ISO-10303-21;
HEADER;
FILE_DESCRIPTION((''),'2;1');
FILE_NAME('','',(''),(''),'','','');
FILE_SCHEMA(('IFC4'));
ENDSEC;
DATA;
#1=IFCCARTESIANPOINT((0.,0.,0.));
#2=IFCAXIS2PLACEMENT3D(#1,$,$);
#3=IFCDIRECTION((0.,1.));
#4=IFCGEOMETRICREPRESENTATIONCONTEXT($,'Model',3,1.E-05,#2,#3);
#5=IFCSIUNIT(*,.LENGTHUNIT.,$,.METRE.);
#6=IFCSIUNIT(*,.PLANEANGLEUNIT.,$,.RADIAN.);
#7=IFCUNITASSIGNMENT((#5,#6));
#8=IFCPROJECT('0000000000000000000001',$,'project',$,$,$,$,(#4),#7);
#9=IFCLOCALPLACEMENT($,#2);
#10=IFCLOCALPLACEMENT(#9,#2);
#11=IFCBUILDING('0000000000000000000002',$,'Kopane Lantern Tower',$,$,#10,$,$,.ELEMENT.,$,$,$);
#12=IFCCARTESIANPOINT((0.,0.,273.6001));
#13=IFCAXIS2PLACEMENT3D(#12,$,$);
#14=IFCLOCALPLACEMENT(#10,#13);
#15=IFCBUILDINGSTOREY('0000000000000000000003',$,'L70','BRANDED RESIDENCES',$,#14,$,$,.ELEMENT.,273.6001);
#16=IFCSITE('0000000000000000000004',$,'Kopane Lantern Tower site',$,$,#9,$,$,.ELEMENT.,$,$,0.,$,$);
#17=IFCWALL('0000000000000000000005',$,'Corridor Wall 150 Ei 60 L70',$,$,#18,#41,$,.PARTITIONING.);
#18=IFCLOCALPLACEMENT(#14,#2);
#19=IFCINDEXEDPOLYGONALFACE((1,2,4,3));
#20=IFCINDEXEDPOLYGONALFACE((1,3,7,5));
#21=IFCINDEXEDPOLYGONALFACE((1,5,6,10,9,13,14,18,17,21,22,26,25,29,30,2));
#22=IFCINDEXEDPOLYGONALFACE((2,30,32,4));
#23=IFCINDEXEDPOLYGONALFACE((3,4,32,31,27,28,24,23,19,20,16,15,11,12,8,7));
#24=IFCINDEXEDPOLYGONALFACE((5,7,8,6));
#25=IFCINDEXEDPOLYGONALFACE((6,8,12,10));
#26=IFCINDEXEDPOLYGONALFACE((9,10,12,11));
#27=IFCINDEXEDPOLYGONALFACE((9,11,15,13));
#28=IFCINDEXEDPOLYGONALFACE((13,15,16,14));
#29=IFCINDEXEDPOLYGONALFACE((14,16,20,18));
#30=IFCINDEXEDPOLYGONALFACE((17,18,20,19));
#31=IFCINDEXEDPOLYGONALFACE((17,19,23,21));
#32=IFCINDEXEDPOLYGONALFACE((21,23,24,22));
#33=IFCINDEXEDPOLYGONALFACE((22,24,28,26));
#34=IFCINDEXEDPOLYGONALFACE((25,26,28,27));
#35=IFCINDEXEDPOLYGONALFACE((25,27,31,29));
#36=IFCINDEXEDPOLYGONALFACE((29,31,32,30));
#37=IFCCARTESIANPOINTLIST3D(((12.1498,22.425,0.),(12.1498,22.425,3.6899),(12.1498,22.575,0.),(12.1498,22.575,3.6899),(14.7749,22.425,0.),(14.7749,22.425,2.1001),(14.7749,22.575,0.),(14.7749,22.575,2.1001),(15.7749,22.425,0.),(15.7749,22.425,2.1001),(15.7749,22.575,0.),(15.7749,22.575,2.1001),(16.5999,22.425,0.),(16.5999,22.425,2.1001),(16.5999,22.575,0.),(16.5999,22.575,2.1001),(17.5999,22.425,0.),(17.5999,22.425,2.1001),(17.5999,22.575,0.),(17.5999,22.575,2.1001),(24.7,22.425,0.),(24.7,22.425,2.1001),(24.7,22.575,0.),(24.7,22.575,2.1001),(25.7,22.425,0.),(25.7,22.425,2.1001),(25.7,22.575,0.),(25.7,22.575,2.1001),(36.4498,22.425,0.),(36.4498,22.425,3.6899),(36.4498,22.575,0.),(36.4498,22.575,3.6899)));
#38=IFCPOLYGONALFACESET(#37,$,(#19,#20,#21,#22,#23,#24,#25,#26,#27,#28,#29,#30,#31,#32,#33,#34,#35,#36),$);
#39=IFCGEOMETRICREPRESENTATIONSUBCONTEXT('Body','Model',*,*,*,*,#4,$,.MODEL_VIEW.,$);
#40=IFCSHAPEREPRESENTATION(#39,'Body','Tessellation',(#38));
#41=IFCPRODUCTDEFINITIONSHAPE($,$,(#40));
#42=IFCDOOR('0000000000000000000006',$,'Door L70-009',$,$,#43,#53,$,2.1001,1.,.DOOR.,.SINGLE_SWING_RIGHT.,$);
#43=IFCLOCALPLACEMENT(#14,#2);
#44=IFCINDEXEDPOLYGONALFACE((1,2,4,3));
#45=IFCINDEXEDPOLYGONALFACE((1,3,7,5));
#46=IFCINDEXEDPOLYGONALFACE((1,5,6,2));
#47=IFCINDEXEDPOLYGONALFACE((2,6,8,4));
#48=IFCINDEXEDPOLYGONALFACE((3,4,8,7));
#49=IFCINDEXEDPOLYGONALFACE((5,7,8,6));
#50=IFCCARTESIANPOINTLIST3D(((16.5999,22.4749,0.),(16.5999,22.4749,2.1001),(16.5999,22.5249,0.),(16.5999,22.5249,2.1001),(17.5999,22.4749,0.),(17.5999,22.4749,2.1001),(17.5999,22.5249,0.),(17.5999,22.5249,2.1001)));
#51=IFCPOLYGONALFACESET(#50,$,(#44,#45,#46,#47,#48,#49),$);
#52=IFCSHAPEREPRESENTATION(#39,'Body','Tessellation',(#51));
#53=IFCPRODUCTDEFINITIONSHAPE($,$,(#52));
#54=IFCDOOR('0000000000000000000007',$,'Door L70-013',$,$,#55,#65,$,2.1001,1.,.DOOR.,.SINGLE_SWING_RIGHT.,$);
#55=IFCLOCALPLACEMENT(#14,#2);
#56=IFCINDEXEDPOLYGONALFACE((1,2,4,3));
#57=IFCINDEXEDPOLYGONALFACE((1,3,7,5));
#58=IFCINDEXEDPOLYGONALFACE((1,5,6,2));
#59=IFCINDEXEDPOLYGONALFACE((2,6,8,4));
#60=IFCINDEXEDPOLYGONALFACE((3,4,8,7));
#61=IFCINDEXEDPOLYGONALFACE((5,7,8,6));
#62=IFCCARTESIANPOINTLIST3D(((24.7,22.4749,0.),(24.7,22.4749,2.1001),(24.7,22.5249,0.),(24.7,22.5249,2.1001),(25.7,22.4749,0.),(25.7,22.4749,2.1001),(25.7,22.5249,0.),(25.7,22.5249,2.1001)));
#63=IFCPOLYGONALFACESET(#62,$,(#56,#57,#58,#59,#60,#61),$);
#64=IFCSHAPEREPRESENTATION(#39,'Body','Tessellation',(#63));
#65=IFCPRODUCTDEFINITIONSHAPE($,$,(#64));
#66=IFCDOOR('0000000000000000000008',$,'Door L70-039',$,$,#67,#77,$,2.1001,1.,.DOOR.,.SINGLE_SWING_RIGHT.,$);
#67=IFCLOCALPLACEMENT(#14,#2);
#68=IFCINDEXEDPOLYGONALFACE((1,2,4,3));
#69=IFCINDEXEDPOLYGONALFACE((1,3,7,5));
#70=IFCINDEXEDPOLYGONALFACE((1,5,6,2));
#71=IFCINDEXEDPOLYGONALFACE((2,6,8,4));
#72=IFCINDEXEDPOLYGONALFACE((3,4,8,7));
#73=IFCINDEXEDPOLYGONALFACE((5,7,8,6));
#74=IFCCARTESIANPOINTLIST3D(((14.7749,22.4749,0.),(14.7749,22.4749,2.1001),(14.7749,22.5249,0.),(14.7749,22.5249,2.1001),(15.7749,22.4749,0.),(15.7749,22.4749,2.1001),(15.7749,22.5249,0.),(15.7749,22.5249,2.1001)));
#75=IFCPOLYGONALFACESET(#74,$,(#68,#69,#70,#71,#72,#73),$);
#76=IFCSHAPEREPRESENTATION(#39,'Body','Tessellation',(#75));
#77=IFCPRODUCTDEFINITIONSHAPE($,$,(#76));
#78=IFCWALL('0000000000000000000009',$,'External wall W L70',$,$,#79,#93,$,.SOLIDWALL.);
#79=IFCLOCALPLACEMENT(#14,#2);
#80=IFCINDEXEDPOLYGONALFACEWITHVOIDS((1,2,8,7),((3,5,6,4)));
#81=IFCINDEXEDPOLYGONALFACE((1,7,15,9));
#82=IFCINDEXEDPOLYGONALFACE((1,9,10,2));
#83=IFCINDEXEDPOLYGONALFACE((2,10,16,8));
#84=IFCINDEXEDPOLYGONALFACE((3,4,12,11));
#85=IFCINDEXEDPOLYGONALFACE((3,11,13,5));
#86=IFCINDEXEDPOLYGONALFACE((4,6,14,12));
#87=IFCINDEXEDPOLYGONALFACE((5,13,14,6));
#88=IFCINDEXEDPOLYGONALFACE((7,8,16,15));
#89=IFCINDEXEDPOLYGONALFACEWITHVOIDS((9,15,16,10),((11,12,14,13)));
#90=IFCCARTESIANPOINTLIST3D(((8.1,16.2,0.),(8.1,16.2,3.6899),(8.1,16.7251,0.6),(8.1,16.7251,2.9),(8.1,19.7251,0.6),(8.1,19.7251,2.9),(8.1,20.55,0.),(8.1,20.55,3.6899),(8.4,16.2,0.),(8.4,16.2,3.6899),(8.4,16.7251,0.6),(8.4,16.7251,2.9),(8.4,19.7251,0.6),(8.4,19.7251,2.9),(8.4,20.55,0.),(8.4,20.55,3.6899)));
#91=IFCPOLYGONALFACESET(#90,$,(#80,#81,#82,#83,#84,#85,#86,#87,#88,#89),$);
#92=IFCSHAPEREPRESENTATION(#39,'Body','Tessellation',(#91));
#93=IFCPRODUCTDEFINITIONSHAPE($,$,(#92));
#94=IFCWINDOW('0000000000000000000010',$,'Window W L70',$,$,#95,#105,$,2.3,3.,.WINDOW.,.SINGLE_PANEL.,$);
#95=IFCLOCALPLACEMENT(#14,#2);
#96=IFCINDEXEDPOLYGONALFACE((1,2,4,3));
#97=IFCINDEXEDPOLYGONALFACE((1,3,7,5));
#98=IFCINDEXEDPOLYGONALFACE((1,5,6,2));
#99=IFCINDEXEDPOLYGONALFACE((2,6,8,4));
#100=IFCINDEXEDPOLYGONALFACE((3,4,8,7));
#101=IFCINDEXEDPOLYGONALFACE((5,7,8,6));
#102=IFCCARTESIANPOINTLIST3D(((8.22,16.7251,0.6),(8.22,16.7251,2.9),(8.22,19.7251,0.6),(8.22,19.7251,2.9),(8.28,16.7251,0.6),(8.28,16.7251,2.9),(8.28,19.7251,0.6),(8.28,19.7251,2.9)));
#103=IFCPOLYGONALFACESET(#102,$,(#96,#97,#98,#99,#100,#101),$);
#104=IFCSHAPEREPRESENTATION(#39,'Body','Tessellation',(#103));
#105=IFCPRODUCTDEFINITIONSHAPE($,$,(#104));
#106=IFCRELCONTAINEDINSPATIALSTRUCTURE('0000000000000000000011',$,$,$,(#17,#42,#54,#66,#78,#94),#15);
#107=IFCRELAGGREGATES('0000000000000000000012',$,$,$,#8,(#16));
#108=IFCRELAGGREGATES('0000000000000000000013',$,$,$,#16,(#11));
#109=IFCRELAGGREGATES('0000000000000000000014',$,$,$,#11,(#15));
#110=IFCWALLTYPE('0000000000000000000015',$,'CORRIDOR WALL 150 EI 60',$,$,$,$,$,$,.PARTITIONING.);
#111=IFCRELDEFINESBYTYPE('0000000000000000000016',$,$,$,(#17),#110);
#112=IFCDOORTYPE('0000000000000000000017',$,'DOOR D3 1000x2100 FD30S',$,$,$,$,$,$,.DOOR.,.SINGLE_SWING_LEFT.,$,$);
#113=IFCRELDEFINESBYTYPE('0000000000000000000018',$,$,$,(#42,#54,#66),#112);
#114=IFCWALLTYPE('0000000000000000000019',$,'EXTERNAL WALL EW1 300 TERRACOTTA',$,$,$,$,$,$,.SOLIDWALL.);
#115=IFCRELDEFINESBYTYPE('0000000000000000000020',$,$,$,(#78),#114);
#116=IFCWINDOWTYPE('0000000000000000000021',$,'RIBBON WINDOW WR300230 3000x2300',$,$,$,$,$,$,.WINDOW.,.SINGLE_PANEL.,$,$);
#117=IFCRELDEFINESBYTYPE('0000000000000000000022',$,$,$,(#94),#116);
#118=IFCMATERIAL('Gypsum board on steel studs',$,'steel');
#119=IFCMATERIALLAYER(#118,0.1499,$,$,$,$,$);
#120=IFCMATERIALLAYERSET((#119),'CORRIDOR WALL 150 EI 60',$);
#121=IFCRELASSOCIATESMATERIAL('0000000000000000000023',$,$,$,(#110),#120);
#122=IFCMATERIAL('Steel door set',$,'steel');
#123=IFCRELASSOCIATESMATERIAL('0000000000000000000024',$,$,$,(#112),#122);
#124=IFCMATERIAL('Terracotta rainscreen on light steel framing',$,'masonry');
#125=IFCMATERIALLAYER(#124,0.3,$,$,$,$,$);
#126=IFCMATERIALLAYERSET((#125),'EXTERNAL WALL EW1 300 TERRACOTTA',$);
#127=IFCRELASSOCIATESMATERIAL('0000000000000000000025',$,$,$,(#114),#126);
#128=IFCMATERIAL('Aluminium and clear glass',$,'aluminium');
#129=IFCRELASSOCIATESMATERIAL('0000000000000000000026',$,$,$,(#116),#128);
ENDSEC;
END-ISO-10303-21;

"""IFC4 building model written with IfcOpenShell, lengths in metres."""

from ifc_helpers import new_model, si_unit, direction, frame, frame_2d, origin, place, context, subcontext, project, spatial, rectangle, extrude, material, layer, layer_set, type_object, element, fill, save


model = new_model("IFC4")

# Units and contexts
model_context = context("Model", 3, precision=1e-05, world=origin(), true_north=direction((0.0, 1.0)))
body_context = subcontext(model_context, "Body", "Model", "MODEL_VIEW")
ifc_project = project(units=[si_unit("LENGTHUNIT", "METRE"), si_unit("PLANEANGLEUNIT", "RADIAN")], contexts=[model_context])

# Site, building, storey
site_placement = place(None, origin())
site = spatial("IfcSite", under=ifc_project, at=site_placement, Name="Kopane Lantern Tower site", CompositionType="ELEMENT", RefElevation=0.0)
building_placement = place(site_placement, origin())
building = spatial("IfcBuilding", under=site, at=building_placement, Name="Kopane Lantern Tower", CompositionType="ELEMENT")
storey_placement = place(building_placement, frame((0.0, 0.0, 273.6001)))
storey = spatial("IfcBuildingStorey", under=building, at=storey_placement, Name="L70", Description="BRANDED RESIDENCES", CompositionType="ELEMENT", Elevation=273.6001)

# Wall, openings, doors
ifc_material_1 = material(Name="Gypsum board on steel studs", Category="steel")
ifc_layer_1 = layer(ifc_material_1, 0.1499)
ifc_layer_set_1 = layer_set([ifc_layer_1], Name="CORRIDOR WALL 150 EI 60")
wall_type_1 = type_object("IfcWallType", Name="CORRIDOR WALL 150 EI 60", PredefinedType="PARTITIONING", material=ifc_layer_set_1)
wall_1_placement = place(storey_placement, frame((12.1499, 22.5, 0.0), z_axis=(0.0, 0.0, 1.0), x_axis=(1.0, 0.0, 0.0)))
wall_1 = element("IfcWall", 1, at=wall_1_placement, inside=storey, type_object=wall_type_1, Name="Corridor Wall 150 Ei 60 L70", PredefinedType="PARTITIONING", context=body_context, shape_type="SweptSolid", body=[
    extrude(rectangle(XDim=24.3, YDim=0.1499, at=frame_2d((12.1499, 0.0))), origin(), (0.0, 0.0, 1.0), 3.6899),
])
opening_1_placement = place(wall_1_placement, frame((4.45, 0.0, 0.0)))
opening_1 = element("IfcOpeningElement", 2, at=opening_1_placement, cuts=wall_1, PredefinedType="OPENING", context=body_context, shape_type="SweptSolid", body=[
    extrude(rectangle(XDim=1.0, YDim=2.1001, at=frame_2d((0.5, 1.05))), frame((0.0, 0.085, 0.0), z_axis=(0.0, -1.0, 0.0), x_axis=(1.0, 0.0, 0.0)), (0.0, 0.0, 1.0), 0.1699),
])
opening_2_placement = place(wall_1_placement, frame((12.55, 0.0, 0.0)))
opening_2 = element("IfcOpeningElement", 3, at=opening_2_placement, cuts=wall_1, PredefinedType="OPENING", context=body_context, shape_type="SweptSolid", body=[
    extrude(rectangle(XDim=1.0, YDim=2.1001, at=frame_2d((0.5, 1.05))), frame((0.0, 0.085, 0.0), z_axis=(0.0, -1.0, 0.0), x_axis=(1.0, 0.0, 0.0)), (0.0, 0.0, 1.0), 0.1699),
])
opening_3_placement = place(wall_1_placement, frame((2.625, 0.0, 0.0)))
opening_3 = element("IfcOpeningElement", 4, at=opening_3_placement, cuts=wall_1, PredefinedType="OPENING", context=body_context, shape_type="SweptSolid", body=[
    extrude(rectangle(XDim=1.0, YDim=2.1001, at=frame_2d((0.5, 1.05))), frame((0.0, 0.085, 0.0), z_axis=(0.0, -1.0, 0.0), x_axis=(1.0, 0.0, 0.0)), (0.0, 0.0, 1.0), 0.1699),
])
ifc_material_2 = material(Name="Steel door set", Category="steel")
door_type_1 = type_object("IfcDoorType", Name="DOOR D3 1000x2100 FD30S", OperationType="SINGLE_SWING_LEFT", PredefinedType="DOOR", material=ifc_material_2)
door_1_placement = place(opening_1_placement, origin())
door_1 = element("IfcDoor", 5, at=door_1_placement, inside=storey, type_object=door_type_1, Name="Door L70-009", OperationType="SINGLE_SWING_RIGHT", OverallHeight=2.1001, OverallWidth=1.0, PredefinedType="DOOR", context=body_context, shape_type="SweptSolid", body=[
    extrude(rectangle(XDim=1.0, YDim=2.1001, at=frame_2d((0.5, 1.05))), frame((0.0, 0.0249, 0.0), z_axis=(0.0, -1.0, 0.0), x_axis=(1.0, 0.0, 0.0)), (0.0, 0.0, 1.0), 0.05),
])
fill(opening_1, door_1)
door_2_placement = place(opening_2_placement, origin())
door_2 = element("IfcDoor", 6, at=door_2_placement, inside=storey, type_object=door_type_1, Name="Door L70-013", OperationType="SINGLE_SWING_RIGHT", OverallHeight=2.1001, OverallWidth=1.0, PredefinedType="DOOR", context=body_context, shape_type="SweptSolid", body=[
    extrude(rectangle(XDim=1.0, YDim=2.1001, at=frame_2d((0.5, 1.05))), frame((0.0, 0.0249, 0.0), z_axis=(0.0, -1.0, 0.0), x_axis=(1.0, 0.0, 0.0)), (0.0, 0.0, 1.0), 0.05),
])
fill(opening_2, door_2)
door_3_placement = place(opening_3_placement, origin())
door_3 = element("IfcDoor", 7, at=door_3_placement, inside=storey, type_object=door_type_1, Name="Door L70-039", OperationType="SINGLE_SWING_RIGHT", OverallHeight=2.1001, OverallWidth=1.0, PredefinedType="DOOR", context=body_context, shape_type="SweptSolid", body=[
    extrude(rectangle(XDim=1.0, YDim=2.1001, at=frame_2d((0.5, 1.05))), frame((0.0, 0.0249, 0.0), z_axis=(0.0, -1.0, 0.0), x_axis=(1.0, 0.0, 0.0)), (0.0, 0.0, 1.0), 0.05),
])
fill(opening_3, door_3)

# Wall, opening, window
ifc_material_3 = material(Name="Terracotta rainscreen on light steel framing", Category="masonry")
ifc_layer_2 = layer(ifc_material_3, 0.3)
ifc_layer_set_2 = layer_set([ifc_layer_2], Name="EXTERNAL WALL EW1 300 TERRACOTTA")
wall_type_2 = type_object("IfcWallType", Name="EXTERNAL WALL EW1 300 TERRACOTTA", PredefinedType="SOLIDWALL", material=ifc_layer_set_2)
wall_2_placement = place(storey_placement, frame((8.25, 20.55, 0.0), z_axis=(0.0, 0.0, 1.0), x_axis=(0.0, -1.0, 0.0)))
wall_2 = element("IfcWall", 8, at=wall_2_placement, inside=storey, type_object=wall_type_2, Name="External wall W L70", PredefinedType="SOLIDWALL", context=body_context, shape_type="SweptSolid", body=[
    extrude(rectangle(XDim=4.3501, YDim=0.3, at=frame_2d((2.175, 0.0))), origin(), (0.0, 0.0, 1.0), 3.6899),
])
opening_4_placement = place(wall_2_placement, frame((0.825, 0.0, 0.6001)))
opening_4 = element("IfcOpeningElement", 9, at=opening_4_placement, cuts=wall_2, PredefinedType="OPENING", context=body_context, shape_type="SweptSolid", body=[
    extrude(rectangle(XDim=3.0, YDim=2.3, at=frame_2d((1.5, 1.1499))), frame((0.0, 0.1599, 0.0), z_axis=(0.0, -1.0, 0.0), x_axis=(1.0, 0.0, 0.0)), (0.0, 0.0, 1.0), 0.3201),
])
ifc_material_4 = material(Name="Aluminium and clear glass", Category="aluminium")
window_type = type_object("IfcWindowType", Name="RIBBON WINDOW WR300230 3000x2300", PartitioningType="SINGLE_PANEL", PredefinedType="WINDOW", material=ifc_material_4)
window_placement = place(opening_4_placement, origin())
window = element("IfcWindow", 10, at=window_placement, inside=storey, type_object=window_type, Name="Window W L70", OverallHeight=2.3, OverallWidth=3.0, PartitioningType="SINGLE_PANEL", PredefinedType="WINDOW", context=body_context, shape_type="SweptSolid", body=[
    extrude(rectangle(XDim=3.0, YDim=2.3, at=frame_2d((1.5, 1.1499))), frame((0.0, 0.03, 0.0), z_axis=(0.0, -1.0, 0.0), x_axis=(1.0, 0.0, 0.0)), (0.0, 0.0, 1.0), 0.0601),
])
fill(opening_4, window)

save(model, "model.ifc")
